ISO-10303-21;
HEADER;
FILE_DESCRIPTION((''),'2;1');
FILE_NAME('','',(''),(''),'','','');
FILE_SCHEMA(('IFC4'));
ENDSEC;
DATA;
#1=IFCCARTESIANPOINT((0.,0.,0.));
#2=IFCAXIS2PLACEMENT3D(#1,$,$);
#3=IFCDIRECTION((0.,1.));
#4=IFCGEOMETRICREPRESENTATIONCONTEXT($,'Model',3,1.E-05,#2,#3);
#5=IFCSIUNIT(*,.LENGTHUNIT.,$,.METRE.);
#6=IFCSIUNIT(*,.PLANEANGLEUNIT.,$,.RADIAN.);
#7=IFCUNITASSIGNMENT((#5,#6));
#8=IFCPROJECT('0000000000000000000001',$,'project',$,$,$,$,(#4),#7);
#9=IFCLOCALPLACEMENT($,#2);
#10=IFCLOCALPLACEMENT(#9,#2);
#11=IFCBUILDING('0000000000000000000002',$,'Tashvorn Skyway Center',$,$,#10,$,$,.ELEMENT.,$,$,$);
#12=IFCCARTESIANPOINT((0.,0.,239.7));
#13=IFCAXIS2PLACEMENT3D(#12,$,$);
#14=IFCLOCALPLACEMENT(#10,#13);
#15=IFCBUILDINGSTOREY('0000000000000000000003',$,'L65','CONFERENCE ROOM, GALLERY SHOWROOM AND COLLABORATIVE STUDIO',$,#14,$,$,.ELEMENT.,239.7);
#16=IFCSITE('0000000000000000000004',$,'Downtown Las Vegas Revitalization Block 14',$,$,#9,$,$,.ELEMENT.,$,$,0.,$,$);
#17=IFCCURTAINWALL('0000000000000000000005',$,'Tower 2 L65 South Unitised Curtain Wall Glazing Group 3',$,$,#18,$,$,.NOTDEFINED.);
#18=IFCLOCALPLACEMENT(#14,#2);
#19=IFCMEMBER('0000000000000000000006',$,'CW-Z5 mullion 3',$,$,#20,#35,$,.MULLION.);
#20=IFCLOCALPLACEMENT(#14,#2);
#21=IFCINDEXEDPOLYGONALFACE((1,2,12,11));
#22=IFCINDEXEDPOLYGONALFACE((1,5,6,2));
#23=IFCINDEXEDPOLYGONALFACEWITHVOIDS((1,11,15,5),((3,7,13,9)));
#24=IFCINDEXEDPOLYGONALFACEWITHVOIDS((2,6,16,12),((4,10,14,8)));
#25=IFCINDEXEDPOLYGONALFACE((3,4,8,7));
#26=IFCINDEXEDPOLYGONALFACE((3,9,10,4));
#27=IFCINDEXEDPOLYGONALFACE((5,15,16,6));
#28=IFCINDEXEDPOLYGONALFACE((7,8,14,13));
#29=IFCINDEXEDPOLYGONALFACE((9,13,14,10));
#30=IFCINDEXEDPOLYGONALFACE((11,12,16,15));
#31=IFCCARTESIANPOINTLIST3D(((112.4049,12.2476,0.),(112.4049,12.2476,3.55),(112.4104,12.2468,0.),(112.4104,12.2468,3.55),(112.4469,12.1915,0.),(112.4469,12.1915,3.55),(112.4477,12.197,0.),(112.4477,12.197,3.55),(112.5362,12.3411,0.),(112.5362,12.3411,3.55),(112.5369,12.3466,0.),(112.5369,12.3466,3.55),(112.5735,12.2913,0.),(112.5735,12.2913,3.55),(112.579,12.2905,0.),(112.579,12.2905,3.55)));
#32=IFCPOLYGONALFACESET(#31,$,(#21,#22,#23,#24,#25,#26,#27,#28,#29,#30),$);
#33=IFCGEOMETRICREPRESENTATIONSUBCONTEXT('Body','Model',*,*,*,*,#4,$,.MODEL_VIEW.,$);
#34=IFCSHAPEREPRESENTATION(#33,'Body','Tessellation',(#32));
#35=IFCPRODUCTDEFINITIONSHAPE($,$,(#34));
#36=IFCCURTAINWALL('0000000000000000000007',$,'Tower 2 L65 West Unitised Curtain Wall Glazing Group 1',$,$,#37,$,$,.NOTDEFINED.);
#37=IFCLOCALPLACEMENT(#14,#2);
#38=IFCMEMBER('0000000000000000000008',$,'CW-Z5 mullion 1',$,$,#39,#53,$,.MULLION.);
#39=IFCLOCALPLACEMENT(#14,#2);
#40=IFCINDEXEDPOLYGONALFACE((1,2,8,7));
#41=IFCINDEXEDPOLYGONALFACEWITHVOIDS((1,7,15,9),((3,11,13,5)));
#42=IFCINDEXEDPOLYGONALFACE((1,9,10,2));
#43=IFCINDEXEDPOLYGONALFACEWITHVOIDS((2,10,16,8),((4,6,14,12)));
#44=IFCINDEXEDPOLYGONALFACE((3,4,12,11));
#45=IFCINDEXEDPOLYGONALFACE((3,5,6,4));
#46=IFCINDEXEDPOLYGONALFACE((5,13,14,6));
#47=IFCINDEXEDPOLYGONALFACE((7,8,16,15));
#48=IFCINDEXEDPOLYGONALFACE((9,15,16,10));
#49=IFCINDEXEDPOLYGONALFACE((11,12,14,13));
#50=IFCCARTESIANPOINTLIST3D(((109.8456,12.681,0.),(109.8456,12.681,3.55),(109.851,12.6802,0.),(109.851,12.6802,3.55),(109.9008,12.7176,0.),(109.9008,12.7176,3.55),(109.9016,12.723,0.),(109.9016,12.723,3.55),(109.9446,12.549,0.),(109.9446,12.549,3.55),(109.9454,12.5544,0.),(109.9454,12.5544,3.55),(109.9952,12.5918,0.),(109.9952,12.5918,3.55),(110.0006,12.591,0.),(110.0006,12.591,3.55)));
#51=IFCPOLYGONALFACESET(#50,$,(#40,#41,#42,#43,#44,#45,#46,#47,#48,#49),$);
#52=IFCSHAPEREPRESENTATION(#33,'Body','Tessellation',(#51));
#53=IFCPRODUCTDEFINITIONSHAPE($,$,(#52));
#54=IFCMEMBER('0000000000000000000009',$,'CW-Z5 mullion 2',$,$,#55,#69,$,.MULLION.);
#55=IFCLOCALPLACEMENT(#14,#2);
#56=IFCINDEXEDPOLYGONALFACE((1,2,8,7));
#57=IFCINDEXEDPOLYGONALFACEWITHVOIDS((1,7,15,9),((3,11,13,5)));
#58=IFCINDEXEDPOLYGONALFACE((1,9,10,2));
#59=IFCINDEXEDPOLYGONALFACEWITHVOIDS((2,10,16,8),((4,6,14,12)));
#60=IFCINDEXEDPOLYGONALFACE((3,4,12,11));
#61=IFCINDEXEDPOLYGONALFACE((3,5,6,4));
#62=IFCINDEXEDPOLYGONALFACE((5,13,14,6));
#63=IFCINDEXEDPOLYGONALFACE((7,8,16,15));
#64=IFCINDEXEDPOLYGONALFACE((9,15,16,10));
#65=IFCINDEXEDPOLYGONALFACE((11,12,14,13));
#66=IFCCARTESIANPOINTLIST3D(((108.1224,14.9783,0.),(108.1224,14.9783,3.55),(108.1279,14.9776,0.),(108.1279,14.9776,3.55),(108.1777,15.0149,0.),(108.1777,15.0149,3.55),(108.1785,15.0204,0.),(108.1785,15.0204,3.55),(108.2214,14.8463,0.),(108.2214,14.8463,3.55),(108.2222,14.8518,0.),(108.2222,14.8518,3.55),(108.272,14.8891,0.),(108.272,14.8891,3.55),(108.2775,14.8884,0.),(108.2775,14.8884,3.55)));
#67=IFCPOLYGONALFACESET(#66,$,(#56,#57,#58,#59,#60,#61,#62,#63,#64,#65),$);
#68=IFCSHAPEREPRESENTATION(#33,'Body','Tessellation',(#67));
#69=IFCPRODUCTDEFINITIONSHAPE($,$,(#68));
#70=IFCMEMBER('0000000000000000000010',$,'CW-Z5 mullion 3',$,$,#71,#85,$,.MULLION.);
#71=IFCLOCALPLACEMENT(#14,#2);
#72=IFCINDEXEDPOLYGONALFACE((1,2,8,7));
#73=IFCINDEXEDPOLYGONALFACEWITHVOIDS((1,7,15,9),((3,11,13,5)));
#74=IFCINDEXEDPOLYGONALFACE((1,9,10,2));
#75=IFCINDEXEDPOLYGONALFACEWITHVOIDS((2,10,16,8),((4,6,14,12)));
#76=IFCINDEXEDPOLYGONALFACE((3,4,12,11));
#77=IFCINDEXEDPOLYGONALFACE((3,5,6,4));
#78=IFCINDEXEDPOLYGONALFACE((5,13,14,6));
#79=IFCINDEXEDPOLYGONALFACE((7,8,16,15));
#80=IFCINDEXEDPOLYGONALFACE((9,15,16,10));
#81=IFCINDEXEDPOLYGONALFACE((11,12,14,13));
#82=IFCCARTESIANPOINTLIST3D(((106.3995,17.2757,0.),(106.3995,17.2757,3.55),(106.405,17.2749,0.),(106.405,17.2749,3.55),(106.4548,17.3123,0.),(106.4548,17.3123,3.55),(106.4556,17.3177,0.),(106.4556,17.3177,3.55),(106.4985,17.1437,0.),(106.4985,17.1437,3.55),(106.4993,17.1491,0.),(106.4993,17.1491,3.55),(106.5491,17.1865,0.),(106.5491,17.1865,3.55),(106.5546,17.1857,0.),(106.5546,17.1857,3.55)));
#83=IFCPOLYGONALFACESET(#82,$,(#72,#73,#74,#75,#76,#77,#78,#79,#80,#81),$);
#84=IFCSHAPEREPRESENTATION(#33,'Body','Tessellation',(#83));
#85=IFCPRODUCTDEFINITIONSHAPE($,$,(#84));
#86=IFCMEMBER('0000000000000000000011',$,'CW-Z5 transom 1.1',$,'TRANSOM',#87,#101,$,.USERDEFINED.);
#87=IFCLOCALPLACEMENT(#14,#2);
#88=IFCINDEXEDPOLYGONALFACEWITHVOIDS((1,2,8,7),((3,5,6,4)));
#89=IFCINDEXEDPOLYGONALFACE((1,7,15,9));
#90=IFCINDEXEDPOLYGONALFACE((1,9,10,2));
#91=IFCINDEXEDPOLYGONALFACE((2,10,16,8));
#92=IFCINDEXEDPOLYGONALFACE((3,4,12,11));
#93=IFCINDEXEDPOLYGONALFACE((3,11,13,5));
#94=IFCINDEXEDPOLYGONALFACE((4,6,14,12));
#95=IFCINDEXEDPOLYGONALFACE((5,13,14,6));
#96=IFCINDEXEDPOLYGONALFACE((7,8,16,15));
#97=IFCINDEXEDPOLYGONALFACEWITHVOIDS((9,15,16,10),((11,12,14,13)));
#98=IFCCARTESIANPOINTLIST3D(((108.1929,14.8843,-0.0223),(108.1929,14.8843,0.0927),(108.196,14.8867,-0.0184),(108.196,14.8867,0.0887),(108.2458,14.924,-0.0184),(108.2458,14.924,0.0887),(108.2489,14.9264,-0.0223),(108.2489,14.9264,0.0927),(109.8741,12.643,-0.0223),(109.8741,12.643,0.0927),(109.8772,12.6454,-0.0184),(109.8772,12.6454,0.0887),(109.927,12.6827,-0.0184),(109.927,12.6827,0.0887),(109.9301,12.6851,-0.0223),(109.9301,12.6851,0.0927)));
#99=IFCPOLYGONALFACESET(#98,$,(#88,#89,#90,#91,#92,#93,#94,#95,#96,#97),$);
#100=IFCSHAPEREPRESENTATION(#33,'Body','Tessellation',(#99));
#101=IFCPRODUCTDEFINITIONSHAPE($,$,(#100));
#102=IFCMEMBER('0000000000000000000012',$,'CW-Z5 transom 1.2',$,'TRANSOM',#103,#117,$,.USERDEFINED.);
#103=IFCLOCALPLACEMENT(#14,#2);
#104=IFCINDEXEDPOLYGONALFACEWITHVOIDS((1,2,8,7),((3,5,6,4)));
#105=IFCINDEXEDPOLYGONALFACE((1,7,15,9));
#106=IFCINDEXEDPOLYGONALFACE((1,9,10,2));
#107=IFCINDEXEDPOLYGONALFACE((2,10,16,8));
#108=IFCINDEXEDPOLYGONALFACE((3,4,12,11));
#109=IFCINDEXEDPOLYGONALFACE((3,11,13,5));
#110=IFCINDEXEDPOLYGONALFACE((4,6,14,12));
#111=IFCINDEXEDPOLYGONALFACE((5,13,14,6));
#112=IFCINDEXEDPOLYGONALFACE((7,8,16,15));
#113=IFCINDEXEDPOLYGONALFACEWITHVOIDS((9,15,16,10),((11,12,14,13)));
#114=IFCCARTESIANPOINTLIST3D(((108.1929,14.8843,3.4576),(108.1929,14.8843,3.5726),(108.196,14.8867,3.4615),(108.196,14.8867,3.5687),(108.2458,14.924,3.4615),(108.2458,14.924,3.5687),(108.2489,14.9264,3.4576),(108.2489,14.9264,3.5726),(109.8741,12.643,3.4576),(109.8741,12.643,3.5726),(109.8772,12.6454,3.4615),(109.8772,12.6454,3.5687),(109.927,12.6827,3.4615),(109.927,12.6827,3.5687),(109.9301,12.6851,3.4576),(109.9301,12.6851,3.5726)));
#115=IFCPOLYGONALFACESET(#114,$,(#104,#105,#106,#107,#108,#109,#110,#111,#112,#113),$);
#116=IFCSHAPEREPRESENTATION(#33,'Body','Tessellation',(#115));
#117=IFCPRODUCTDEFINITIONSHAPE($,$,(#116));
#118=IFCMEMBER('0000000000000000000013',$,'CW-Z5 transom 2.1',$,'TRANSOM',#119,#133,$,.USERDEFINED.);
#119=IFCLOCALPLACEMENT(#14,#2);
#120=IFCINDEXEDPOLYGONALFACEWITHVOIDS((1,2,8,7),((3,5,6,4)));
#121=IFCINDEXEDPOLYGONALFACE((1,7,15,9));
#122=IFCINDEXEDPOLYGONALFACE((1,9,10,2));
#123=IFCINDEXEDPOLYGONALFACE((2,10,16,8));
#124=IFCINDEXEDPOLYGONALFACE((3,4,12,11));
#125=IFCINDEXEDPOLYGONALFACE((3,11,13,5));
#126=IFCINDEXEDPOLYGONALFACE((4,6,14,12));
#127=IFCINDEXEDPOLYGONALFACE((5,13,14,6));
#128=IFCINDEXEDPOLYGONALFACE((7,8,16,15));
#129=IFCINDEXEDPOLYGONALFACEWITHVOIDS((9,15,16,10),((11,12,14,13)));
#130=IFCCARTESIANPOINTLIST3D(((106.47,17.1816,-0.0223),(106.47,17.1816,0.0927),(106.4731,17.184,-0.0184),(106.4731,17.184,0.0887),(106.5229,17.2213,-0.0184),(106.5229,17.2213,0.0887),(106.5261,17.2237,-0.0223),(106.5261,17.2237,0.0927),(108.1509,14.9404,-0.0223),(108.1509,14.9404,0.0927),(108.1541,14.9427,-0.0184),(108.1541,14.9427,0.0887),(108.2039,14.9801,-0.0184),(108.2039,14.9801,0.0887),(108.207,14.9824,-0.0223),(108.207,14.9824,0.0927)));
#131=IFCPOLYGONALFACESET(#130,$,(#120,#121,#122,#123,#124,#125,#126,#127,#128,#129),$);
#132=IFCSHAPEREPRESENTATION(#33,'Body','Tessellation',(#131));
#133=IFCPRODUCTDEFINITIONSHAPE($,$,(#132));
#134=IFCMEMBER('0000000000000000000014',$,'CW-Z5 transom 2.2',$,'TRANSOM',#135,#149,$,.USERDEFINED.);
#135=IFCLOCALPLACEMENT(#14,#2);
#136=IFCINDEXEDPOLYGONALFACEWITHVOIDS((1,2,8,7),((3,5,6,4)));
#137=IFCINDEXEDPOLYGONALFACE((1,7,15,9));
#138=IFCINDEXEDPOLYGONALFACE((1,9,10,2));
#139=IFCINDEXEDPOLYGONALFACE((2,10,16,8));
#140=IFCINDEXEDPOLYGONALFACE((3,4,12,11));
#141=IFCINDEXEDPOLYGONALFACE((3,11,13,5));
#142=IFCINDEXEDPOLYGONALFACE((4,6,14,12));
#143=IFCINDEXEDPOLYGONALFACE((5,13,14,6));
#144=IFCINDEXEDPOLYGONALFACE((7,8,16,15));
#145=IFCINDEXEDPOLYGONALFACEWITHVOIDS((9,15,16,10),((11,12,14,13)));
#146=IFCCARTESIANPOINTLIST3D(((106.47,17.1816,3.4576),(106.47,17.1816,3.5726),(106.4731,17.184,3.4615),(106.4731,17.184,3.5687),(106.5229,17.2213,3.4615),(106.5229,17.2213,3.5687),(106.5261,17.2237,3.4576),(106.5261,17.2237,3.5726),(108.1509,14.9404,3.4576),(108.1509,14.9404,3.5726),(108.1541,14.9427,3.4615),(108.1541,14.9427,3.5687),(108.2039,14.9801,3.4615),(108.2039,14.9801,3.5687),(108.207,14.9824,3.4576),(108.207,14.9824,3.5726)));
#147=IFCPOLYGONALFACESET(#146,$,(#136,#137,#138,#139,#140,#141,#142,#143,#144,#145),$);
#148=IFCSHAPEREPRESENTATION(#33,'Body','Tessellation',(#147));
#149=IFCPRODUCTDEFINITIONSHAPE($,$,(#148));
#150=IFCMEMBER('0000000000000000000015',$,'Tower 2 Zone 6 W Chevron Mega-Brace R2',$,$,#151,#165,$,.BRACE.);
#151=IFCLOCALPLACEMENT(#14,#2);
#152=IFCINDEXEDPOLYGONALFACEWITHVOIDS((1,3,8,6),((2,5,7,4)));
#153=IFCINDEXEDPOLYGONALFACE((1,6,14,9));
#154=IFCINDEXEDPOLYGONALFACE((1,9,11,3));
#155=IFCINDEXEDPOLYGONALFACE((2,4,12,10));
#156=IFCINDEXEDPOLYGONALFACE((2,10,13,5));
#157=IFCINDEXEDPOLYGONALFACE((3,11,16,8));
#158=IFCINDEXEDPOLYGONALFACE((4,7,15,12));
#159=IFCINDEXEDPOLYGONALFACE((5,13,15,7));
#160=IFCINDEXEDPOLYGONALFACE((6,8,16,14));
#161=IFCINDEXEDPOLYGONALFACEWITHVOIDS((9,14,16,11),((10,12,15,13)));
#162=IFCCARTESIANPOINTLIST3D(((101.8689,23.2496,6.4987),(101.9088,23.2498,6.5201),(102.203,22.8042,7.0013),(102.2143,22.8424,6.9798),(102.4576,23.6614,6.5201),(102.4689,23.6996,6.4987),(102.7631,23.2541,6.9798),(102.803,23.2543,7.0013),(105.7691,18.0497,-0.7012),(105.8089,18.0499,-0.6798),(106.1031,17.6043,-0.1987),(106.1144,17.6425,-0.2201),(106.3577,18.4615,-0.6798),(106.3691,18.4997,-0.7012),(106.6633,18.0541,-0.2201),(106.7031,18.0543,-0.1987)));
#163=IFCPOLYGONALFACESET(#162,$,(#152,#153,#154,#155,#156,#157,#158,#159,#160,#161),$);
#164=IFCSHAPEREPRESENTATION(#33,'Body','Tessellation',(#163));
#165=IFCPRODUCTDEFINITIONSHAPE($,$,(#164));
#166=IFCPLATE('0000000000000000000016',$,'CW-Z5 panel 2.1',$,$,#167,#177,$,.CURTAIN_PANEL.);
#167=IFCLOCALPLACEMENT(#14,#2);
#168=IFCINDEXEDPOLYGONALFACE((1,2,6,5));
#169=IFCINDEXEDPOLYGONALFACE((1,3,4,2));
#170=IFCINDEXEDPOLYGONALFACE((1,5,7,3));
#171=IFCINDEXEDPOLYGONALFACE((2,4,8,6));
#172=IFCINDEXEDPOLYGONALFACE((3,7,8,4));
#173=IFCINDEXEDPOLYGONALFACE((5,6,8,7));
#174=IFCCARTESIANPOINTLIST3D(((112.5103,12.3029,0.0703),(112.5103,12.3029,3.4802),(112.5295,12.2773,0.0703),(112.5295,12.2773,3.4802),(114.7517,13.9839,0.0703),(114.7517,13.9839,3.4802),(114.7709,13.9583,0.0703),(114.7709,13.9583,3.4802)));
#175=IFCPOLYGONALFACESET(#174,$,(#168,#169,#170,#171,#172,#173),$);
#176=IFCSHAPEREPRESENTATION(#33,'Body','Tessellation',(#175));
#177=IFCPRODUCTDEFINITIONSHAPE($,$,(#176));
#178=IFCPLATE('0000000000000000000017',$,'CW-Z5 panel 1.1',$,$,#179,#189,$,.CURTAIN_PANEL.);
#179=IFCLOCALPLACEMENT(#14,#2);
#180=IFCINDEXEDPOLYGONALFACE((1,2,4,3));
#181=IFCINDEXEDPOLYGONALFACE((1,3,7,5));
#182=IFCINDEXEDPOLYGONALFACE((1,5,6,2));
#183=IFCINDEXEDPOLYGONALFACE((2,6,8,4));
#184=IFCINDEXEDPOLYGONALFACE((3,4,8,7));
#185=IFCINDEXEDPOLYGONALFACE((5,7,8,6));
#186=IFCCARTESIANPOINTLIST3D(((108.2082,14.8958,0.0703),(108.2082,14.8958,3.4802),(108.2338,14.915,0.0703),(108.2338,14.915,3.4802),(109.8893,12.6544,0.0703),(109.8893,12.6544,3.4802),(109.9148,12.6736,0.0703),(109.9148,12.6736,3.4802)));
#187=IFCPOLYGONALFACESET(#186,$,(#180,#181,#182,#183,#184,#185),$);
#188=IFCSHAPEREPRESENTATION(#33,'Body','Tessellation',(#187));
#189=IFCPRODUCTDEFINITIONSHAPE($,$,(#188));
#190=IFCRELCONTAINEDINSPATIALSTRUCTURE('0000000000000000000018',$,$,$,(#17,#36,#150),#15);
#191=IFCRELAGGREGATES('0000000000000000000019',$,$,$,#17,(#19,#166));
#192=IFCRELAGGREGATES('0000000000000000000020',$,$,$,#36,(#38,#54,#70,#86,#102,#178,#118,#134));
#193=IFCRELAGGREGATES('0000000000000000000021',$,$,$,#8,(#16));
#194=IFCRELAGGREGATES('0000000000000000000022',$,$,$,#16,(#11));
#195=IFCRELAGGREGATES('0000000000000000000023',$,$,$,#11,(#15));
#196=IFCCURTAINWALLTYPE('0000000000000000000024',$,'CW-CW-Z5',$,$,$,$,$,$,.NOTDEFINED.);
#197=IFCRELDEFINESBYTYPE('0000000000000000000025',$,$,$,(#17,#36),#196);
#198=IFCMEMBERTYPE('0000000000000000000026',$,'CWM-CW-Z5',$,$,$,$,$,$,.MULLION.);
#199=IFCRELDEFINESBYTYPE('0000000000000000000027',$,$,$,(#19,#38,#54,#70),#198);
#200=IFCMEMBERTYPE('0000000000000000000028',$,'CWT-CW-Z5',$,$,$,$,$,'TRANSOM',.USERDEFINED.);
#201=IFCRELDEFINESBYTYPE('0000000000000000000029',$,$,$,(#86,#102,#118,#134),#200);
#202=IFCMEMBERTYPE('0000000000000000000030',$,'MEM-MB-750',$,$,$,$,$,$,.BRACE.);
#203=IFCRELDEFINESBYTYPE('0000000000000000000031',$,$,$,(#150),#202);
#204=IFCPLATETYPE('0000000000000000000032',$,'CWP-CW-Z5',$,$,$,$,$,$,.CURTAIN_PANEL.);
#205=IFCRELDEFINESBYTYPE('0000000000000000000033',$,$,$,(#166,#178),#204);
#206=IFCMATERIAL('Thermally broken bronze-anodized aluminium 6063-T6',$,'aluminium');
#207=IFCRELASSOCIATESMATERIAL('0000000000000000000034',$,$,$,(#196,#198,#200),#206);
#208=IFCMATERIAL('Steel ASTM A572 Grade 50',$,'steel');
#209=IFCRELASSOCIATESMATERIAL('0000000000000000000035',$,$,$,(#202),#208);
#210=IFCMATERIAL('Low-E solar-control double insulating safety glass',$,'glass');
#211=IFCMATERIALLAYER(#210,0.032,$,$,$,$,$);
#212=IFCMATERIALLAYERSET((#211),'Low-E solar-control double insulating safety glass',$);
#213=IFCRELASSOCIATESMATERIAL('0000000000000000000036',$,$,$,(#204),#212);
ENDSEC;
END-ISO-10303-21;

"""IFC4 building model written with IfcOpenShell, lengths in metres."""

from ifc_helpers import new_model, si_unit, direction, frame, origin, origin_2d, place, context, subcontext, project, spatial, rectangle, hollow_rectangle, extrude, material, layer, layer_set, material_profile, profile_set, type_object, element, aggregate, save


model = new_model("IFC4")

# Units and contexts
model_context = context("Model", 3, precision=1e-05, world=origin(), true_north=direction((0.0, 1.0)))
body_context = subcontext(model_context, "Body", "Model", "MODEL_VIEW")
ifc_project = project(units=[si_unit("LENGTHUNIT", "METRE"), si_unit("PLANEANGLEUNIT", "RADIAN")], contexts=[model_context])

# Site, building, storey
site_placement = place(None, origin())
site = spatial("IfcSite", under=ifc_project, at=site_placement, Name="Downtown Las Vegas Revitalization Block 14", CompositionType="ELEMENT", RefElevation=0.0)
building_placement = place(site_placement, origin())
building = spatial("IfcBuilding", under=site, at=building_placement, Name="Tashvorn Skyway Center", CompositionType="ELEMENT")
storey_placement = place(building_placement, frame((0.0, 0.0, 239.7)))
storey = spatial("IfcBuildingStorey", under=building, at=storey_placement, Name="L65", Description="CONFERENCE ROOM, GALLERY SHOWROOM AND COLLABORATIVE STUDIO", CompositionType="ELEMENT", Elevation=239.7)

# Shared definitions
ifc_material_1 = material(Name="Steel ASTM A572 Grade 50", Category="steel")

# Curtain wall, member
ifc_material_2 = material(Name="Thermally broken bronze-anodized aluminium 6063-T6", Category="aluminium")
curtain_wall_type = type_object("IfcCurtainWallType", Name="CW-CW-Z5", PredefinedType="NOTDEFINED", material=ifc_material_2)
curtain_wall_1_placement = place(storey_placement, origin())
curtain_wall_1 = element("IfcCurtainWall", 1, at=curtain_wall_1_placement, inside=storey, type_object=curtain_wall_type, Name="Tower 2 L65 South Unitised Curtain Wall Glazing Group 3", PredefinedType="NOTDEFINED")
ifc_material_profile_1 = material_profile(ifc_material_2, hollow_rectangle(XDim=0.0701, YDim=0.165, WallThickness=0.0039, at=origin_2d()), Name="ALU-MULL-70x165")
ifc_profile_set_1 = profile_set([ifc_material_profile_1], Name="Thermally broken bronze-anodized aluminium 6063-T6")
member_type_1 = type_object("IfcMemberType", Name="CWM-CW-Z5", PredefinedType="MULLION", material=ifc_profile_set_1)
member_1_placement = place(storey_placement, frame((112.4919, 12.269, 0.0), z_axis=(0.0, 0.0, 1.0), x_axis=(0.599997, -0.800002, 0.0)))
member_1 = element("IfcMember", 2, at=member_1_placement, type_object=member_type_1, Name="CW-Z5 mullion 3", PredefinedType="MULLION", context=body_context, shape_type="SweptSolid", body=[
    extrude(hollow_rectangle(XDim=0.0701, YDim=0.165, WallThickness=0.0039, at=origin_2d()), origin(), (0.0, 0.0, 1.0), 3.55),
])

# Curtain wall, members
curtain_wall_2_placement = place(storey_placement, origin())
curtain_wall_2 = element("IfcCurtainWall", 3, at=curtain_wall_2_placement, inside=storey, type_object=curtain_wall_type, Name="Tower 2 L65 West Unitised Curtain Wall Glazing Group 1", PredefinedType="NOTDEFINED")
member_2_placement = place(storey_placement, frame((109.9231, 12.636, 0.0), z_axis=(0.0, 0.0, 1.0), x_axis=(-0.800002, -0.599997, 0.0)))
member_2 = element("IfcMember", 4, at=member_2_placement, type_object=member_type_1, Name="CW-Z5 mullion 1", PredefinedType="MULLION", context=body_context, shape_type="SweptSolid", body=[
    extrude(hollow_rectangle(XDim=0.0701, YDim=0.165, WallThickness=0.0039, at=origin_2d()), origin(), (0.0, 0.0, 1.0), 3.55),
])
member_3_placement = place(storey_placement, frame((108.2, 14.9333, 0.0), z_axis=(0.0, 0.0, 1.0), x_axis=(-0.800002, -0.599997, 0.0)))
member_3 = element("IfcMember", 5, at=member_3_placement, type_object=member_type_1, Name="CW-Z5 mullion 2", PredefinedType="MULLION", context=body_context, shape_type="SweptSolid", body=[
    extrude(hollow_rectangle(XDim=0.0701, YDim=0.165, WallThickness=0.0039, at=origin_2d()), origin(), (0.0, 0.0, 1.0), 3.55),
])
member_4_placement = place(storey_placement, frame((106.4771, 17.2307, 0.0), z_axis=(0.0, 0.0, 1.0), x_axis=(-0.800002, -0.599997, 0.0)))
member_4 = element("IfcMember", 6, at=member_4_placement, type_object=member_type_1, Name="CW-Z5 mullion 3", PredefinedType="MULLION", context=body_context, shape_type="SweptSolid", body=[
    extrude(hollow_rectangle(XDim=0.0701, YDim=0.165, WallThickness=0.0039, at=origin_2d()), origin(), (0.0, 0.0, 1.0), 3.55),
])
ifc_material_profile_2 = material_profile(ifc_material_2, hollow_rectangle(XDim=0.0701, YDim=0.115, WallThickness=0.0039, at=origin_2d()), Name="ALU-TRAN-70x115")
ifc_profile_set_2 = profile_set([ifc_material_profile_2], Name="Thermally broken bronze-anodized aluminium 6063-T6")
member_type_2 = type_object("IfcMemberType", Name="CWT-CW-Z5", ElementType="TRANSOM", PredefinedType="USERDEFINED", material=ifc_profile_set_2)
member_5_placement = place(storey_placement, frame((109.9021, 12.6641, 0.0352), z_axis=(-0.600056, 0.799958, 0.0), x_axis=(-0.799958, -0.600056, 0.0)))
member_5 = element("IfcMember", 7, at=member_5_placement, type_object=member_type_2, Name="CW-Z5 transom 1.1", ObjectType="TRANSOM", PredefinedType="USERDEFINED", context=body_context, shape_type="SweptSolid", body=[
    extrude(hollow_rectangle(XDim=0.0701, YDim=0.115, WallThickness=0.0039, at=origin_2d()), origin(), (0.0, 0.0, 1.0), 2.8018),
])
member_6_placement = place(storey_placement, frame((109.9021, 12.6641, 3.5151), z_axis=(-0.600056, 0.799958, 0.0), x_axis=(-0.799958, -0.600056, 0.0)))
member_6 = element("IfcMember", 8, at=member_6_placement, type_object=member_type_2, Name="CW-Z5 transom 1.2", ObjectType="TRANSOM", PredefinedType="USERDEFINED", context=body_context, shape_type="SweptSolid", body=[
    extrude(hollow_rectangle(XDim=0.0701, YDim=0.115, WallThickness=0.0039, at=origin_2d()), origin(), (0.0, 0.0, 1.0), 2.8018),
])
member_7_placement = place(storey_placement, frame((108.179, 14.9614, 0.0352), z_axis=(-0.6, 0.8, 0.0), x_axis=(-0.8, -0.6, 0.0)))
member_7 = element("IfcMember", 9, at=member_7_placement, type_object=member_type_2, Name="CW-Z5 transom 2.1", ObjectType="TRANSOM", PredefinedType="USERDEFINED", context=body_context, shape_type="SweptSolid", body=[
    extrude(hollow_rectangle(XDim=0.0701, YDim=0.115, WallThickness=0.0039, at=origin_2d()), origin(), (0.0, 0.0, 1.0), 2.8015),
])
member_8_placement = place(storey_placement, frame((108.179, 14.9614, 3.5151), z_axis=(-0.6, 0.8, 0.0), x_axis=(-0.8, -0.6, 0.0)))
member_8 = element("IfcMember", 10, at=member_8_placement, type_object=member_type_2, Name="CW-Z5 transom 2.2", ObjectType="TRANSOM", PredefinedType="USERDEFINED", context=body_context, shape_type="SweptSolid", body=[
    extrude(hollow_rectangle(XDim=0.0701, YDim=0.115, WallThickness=0.0039, at=origin_2d()), origin(), (0.0, 0.0, 1.0), 2.8015),
])

# Member
ifc_material_profile_3 = material_profile(ifc_material_1, hollow_rectangle(XDim=0.75, YDim=0.75, WallThickness=0.032, at=origin_2d()), Name="BOX750x750x32")
ifc_profile_set_3 = profile_set([ifc_material_profile_3], Name="Steel ASTM A572 Grade 50")
member_type_3 = type_object("IfcMemberType", Name="MEM-MB-750", PredefinedType="BRACE", material=ifc_profile_set_3)
member_9_placement = place(storey_placement, frame((106.2361, 18.052, -0.45), z_axis=(-0.402077, 0.536078, 0.742263), x_axis=(-0.799986, -0.600018, 0.0)))
element("IfcMember", 11, at=member_9_placement, inside=storey, type_object=member_type_3, Name="Tower 2 Zone 6 W Chevron Mega-Brace R2", PredefinedType="BRACE", context=body_context, shape_type="SweptSolid", body=[
    extrude(hollow_rectangle(XDim=0.75, YDim=0.75, WallThickness=0.032, at=origin_2d()), origin(), (0.0, 0.0, 1.0), 9.7),
])

# Plates
ifc_material_3 = material(Name="Low-E solar-control double insulating safety glass", Category="glass")
ifc_layer_1 = layer(ifc_material_3, 0.032)
ifc_layer_set_1 = layer_set([ifc_layer_1], Name="Low-E solar-control double insulating safety glass")
plate_type_1 = type_object("IfcPlateType", Name="CWP-CW-Z5", PredefinedType="CURTAIN_PANEL", material=ifc_layer_set_1)
plate_1_placement = place(storey_placement, frame((113.6406, 13.1306, 0.0703), z_axis=(0.0, 0.0, 1.0), x_axis=(-0.800002, -0.599997, 0.0)))
plate_1 = element("IfcPlate", 12, at=plate_1_placement, type_object=plate_type_1, Name="CW-Z5 panel 2.1", PredefinedType="CURTAIN_PANEL", context=body_context, shape_type="SweptSolid", body=[
    extrude(rectangle(XDim=2.8018, YDim=0.032, at=origin_2d()), origin(), (0.0, 0.0, 1.0), 3.4099),
])
aggregate(curtain_wall_1, [member_1, plate_1])
plate_2_placement = place(storey_placement, frame((109.0615, 13.7847, 0.0703), z_axis=(0.0, 0.0, 1.0), x_axis=(-0.599997, 0.800002, 0.0)))
plate_2 = element("IfcPlate", 13, at=plate_2_placement, type_object=plate_type_1, Name="CW-Z5 panel 1.1", PredefinedType="CURTAIN_PANEL", context=body_context, shape_type="SweptSolid", body=[
    extrude(rectangle(XDim=2.8018, YDim=0.032, at=origin_2d()), origin(), (0.0, 0.0, 1.0), 3.4099),
])
aggregate(curtain_wall_2, [member_2, member_3, member_4, member_5, member_6, plate_2, member_7, member_8])

save(model, "model.ifc")
